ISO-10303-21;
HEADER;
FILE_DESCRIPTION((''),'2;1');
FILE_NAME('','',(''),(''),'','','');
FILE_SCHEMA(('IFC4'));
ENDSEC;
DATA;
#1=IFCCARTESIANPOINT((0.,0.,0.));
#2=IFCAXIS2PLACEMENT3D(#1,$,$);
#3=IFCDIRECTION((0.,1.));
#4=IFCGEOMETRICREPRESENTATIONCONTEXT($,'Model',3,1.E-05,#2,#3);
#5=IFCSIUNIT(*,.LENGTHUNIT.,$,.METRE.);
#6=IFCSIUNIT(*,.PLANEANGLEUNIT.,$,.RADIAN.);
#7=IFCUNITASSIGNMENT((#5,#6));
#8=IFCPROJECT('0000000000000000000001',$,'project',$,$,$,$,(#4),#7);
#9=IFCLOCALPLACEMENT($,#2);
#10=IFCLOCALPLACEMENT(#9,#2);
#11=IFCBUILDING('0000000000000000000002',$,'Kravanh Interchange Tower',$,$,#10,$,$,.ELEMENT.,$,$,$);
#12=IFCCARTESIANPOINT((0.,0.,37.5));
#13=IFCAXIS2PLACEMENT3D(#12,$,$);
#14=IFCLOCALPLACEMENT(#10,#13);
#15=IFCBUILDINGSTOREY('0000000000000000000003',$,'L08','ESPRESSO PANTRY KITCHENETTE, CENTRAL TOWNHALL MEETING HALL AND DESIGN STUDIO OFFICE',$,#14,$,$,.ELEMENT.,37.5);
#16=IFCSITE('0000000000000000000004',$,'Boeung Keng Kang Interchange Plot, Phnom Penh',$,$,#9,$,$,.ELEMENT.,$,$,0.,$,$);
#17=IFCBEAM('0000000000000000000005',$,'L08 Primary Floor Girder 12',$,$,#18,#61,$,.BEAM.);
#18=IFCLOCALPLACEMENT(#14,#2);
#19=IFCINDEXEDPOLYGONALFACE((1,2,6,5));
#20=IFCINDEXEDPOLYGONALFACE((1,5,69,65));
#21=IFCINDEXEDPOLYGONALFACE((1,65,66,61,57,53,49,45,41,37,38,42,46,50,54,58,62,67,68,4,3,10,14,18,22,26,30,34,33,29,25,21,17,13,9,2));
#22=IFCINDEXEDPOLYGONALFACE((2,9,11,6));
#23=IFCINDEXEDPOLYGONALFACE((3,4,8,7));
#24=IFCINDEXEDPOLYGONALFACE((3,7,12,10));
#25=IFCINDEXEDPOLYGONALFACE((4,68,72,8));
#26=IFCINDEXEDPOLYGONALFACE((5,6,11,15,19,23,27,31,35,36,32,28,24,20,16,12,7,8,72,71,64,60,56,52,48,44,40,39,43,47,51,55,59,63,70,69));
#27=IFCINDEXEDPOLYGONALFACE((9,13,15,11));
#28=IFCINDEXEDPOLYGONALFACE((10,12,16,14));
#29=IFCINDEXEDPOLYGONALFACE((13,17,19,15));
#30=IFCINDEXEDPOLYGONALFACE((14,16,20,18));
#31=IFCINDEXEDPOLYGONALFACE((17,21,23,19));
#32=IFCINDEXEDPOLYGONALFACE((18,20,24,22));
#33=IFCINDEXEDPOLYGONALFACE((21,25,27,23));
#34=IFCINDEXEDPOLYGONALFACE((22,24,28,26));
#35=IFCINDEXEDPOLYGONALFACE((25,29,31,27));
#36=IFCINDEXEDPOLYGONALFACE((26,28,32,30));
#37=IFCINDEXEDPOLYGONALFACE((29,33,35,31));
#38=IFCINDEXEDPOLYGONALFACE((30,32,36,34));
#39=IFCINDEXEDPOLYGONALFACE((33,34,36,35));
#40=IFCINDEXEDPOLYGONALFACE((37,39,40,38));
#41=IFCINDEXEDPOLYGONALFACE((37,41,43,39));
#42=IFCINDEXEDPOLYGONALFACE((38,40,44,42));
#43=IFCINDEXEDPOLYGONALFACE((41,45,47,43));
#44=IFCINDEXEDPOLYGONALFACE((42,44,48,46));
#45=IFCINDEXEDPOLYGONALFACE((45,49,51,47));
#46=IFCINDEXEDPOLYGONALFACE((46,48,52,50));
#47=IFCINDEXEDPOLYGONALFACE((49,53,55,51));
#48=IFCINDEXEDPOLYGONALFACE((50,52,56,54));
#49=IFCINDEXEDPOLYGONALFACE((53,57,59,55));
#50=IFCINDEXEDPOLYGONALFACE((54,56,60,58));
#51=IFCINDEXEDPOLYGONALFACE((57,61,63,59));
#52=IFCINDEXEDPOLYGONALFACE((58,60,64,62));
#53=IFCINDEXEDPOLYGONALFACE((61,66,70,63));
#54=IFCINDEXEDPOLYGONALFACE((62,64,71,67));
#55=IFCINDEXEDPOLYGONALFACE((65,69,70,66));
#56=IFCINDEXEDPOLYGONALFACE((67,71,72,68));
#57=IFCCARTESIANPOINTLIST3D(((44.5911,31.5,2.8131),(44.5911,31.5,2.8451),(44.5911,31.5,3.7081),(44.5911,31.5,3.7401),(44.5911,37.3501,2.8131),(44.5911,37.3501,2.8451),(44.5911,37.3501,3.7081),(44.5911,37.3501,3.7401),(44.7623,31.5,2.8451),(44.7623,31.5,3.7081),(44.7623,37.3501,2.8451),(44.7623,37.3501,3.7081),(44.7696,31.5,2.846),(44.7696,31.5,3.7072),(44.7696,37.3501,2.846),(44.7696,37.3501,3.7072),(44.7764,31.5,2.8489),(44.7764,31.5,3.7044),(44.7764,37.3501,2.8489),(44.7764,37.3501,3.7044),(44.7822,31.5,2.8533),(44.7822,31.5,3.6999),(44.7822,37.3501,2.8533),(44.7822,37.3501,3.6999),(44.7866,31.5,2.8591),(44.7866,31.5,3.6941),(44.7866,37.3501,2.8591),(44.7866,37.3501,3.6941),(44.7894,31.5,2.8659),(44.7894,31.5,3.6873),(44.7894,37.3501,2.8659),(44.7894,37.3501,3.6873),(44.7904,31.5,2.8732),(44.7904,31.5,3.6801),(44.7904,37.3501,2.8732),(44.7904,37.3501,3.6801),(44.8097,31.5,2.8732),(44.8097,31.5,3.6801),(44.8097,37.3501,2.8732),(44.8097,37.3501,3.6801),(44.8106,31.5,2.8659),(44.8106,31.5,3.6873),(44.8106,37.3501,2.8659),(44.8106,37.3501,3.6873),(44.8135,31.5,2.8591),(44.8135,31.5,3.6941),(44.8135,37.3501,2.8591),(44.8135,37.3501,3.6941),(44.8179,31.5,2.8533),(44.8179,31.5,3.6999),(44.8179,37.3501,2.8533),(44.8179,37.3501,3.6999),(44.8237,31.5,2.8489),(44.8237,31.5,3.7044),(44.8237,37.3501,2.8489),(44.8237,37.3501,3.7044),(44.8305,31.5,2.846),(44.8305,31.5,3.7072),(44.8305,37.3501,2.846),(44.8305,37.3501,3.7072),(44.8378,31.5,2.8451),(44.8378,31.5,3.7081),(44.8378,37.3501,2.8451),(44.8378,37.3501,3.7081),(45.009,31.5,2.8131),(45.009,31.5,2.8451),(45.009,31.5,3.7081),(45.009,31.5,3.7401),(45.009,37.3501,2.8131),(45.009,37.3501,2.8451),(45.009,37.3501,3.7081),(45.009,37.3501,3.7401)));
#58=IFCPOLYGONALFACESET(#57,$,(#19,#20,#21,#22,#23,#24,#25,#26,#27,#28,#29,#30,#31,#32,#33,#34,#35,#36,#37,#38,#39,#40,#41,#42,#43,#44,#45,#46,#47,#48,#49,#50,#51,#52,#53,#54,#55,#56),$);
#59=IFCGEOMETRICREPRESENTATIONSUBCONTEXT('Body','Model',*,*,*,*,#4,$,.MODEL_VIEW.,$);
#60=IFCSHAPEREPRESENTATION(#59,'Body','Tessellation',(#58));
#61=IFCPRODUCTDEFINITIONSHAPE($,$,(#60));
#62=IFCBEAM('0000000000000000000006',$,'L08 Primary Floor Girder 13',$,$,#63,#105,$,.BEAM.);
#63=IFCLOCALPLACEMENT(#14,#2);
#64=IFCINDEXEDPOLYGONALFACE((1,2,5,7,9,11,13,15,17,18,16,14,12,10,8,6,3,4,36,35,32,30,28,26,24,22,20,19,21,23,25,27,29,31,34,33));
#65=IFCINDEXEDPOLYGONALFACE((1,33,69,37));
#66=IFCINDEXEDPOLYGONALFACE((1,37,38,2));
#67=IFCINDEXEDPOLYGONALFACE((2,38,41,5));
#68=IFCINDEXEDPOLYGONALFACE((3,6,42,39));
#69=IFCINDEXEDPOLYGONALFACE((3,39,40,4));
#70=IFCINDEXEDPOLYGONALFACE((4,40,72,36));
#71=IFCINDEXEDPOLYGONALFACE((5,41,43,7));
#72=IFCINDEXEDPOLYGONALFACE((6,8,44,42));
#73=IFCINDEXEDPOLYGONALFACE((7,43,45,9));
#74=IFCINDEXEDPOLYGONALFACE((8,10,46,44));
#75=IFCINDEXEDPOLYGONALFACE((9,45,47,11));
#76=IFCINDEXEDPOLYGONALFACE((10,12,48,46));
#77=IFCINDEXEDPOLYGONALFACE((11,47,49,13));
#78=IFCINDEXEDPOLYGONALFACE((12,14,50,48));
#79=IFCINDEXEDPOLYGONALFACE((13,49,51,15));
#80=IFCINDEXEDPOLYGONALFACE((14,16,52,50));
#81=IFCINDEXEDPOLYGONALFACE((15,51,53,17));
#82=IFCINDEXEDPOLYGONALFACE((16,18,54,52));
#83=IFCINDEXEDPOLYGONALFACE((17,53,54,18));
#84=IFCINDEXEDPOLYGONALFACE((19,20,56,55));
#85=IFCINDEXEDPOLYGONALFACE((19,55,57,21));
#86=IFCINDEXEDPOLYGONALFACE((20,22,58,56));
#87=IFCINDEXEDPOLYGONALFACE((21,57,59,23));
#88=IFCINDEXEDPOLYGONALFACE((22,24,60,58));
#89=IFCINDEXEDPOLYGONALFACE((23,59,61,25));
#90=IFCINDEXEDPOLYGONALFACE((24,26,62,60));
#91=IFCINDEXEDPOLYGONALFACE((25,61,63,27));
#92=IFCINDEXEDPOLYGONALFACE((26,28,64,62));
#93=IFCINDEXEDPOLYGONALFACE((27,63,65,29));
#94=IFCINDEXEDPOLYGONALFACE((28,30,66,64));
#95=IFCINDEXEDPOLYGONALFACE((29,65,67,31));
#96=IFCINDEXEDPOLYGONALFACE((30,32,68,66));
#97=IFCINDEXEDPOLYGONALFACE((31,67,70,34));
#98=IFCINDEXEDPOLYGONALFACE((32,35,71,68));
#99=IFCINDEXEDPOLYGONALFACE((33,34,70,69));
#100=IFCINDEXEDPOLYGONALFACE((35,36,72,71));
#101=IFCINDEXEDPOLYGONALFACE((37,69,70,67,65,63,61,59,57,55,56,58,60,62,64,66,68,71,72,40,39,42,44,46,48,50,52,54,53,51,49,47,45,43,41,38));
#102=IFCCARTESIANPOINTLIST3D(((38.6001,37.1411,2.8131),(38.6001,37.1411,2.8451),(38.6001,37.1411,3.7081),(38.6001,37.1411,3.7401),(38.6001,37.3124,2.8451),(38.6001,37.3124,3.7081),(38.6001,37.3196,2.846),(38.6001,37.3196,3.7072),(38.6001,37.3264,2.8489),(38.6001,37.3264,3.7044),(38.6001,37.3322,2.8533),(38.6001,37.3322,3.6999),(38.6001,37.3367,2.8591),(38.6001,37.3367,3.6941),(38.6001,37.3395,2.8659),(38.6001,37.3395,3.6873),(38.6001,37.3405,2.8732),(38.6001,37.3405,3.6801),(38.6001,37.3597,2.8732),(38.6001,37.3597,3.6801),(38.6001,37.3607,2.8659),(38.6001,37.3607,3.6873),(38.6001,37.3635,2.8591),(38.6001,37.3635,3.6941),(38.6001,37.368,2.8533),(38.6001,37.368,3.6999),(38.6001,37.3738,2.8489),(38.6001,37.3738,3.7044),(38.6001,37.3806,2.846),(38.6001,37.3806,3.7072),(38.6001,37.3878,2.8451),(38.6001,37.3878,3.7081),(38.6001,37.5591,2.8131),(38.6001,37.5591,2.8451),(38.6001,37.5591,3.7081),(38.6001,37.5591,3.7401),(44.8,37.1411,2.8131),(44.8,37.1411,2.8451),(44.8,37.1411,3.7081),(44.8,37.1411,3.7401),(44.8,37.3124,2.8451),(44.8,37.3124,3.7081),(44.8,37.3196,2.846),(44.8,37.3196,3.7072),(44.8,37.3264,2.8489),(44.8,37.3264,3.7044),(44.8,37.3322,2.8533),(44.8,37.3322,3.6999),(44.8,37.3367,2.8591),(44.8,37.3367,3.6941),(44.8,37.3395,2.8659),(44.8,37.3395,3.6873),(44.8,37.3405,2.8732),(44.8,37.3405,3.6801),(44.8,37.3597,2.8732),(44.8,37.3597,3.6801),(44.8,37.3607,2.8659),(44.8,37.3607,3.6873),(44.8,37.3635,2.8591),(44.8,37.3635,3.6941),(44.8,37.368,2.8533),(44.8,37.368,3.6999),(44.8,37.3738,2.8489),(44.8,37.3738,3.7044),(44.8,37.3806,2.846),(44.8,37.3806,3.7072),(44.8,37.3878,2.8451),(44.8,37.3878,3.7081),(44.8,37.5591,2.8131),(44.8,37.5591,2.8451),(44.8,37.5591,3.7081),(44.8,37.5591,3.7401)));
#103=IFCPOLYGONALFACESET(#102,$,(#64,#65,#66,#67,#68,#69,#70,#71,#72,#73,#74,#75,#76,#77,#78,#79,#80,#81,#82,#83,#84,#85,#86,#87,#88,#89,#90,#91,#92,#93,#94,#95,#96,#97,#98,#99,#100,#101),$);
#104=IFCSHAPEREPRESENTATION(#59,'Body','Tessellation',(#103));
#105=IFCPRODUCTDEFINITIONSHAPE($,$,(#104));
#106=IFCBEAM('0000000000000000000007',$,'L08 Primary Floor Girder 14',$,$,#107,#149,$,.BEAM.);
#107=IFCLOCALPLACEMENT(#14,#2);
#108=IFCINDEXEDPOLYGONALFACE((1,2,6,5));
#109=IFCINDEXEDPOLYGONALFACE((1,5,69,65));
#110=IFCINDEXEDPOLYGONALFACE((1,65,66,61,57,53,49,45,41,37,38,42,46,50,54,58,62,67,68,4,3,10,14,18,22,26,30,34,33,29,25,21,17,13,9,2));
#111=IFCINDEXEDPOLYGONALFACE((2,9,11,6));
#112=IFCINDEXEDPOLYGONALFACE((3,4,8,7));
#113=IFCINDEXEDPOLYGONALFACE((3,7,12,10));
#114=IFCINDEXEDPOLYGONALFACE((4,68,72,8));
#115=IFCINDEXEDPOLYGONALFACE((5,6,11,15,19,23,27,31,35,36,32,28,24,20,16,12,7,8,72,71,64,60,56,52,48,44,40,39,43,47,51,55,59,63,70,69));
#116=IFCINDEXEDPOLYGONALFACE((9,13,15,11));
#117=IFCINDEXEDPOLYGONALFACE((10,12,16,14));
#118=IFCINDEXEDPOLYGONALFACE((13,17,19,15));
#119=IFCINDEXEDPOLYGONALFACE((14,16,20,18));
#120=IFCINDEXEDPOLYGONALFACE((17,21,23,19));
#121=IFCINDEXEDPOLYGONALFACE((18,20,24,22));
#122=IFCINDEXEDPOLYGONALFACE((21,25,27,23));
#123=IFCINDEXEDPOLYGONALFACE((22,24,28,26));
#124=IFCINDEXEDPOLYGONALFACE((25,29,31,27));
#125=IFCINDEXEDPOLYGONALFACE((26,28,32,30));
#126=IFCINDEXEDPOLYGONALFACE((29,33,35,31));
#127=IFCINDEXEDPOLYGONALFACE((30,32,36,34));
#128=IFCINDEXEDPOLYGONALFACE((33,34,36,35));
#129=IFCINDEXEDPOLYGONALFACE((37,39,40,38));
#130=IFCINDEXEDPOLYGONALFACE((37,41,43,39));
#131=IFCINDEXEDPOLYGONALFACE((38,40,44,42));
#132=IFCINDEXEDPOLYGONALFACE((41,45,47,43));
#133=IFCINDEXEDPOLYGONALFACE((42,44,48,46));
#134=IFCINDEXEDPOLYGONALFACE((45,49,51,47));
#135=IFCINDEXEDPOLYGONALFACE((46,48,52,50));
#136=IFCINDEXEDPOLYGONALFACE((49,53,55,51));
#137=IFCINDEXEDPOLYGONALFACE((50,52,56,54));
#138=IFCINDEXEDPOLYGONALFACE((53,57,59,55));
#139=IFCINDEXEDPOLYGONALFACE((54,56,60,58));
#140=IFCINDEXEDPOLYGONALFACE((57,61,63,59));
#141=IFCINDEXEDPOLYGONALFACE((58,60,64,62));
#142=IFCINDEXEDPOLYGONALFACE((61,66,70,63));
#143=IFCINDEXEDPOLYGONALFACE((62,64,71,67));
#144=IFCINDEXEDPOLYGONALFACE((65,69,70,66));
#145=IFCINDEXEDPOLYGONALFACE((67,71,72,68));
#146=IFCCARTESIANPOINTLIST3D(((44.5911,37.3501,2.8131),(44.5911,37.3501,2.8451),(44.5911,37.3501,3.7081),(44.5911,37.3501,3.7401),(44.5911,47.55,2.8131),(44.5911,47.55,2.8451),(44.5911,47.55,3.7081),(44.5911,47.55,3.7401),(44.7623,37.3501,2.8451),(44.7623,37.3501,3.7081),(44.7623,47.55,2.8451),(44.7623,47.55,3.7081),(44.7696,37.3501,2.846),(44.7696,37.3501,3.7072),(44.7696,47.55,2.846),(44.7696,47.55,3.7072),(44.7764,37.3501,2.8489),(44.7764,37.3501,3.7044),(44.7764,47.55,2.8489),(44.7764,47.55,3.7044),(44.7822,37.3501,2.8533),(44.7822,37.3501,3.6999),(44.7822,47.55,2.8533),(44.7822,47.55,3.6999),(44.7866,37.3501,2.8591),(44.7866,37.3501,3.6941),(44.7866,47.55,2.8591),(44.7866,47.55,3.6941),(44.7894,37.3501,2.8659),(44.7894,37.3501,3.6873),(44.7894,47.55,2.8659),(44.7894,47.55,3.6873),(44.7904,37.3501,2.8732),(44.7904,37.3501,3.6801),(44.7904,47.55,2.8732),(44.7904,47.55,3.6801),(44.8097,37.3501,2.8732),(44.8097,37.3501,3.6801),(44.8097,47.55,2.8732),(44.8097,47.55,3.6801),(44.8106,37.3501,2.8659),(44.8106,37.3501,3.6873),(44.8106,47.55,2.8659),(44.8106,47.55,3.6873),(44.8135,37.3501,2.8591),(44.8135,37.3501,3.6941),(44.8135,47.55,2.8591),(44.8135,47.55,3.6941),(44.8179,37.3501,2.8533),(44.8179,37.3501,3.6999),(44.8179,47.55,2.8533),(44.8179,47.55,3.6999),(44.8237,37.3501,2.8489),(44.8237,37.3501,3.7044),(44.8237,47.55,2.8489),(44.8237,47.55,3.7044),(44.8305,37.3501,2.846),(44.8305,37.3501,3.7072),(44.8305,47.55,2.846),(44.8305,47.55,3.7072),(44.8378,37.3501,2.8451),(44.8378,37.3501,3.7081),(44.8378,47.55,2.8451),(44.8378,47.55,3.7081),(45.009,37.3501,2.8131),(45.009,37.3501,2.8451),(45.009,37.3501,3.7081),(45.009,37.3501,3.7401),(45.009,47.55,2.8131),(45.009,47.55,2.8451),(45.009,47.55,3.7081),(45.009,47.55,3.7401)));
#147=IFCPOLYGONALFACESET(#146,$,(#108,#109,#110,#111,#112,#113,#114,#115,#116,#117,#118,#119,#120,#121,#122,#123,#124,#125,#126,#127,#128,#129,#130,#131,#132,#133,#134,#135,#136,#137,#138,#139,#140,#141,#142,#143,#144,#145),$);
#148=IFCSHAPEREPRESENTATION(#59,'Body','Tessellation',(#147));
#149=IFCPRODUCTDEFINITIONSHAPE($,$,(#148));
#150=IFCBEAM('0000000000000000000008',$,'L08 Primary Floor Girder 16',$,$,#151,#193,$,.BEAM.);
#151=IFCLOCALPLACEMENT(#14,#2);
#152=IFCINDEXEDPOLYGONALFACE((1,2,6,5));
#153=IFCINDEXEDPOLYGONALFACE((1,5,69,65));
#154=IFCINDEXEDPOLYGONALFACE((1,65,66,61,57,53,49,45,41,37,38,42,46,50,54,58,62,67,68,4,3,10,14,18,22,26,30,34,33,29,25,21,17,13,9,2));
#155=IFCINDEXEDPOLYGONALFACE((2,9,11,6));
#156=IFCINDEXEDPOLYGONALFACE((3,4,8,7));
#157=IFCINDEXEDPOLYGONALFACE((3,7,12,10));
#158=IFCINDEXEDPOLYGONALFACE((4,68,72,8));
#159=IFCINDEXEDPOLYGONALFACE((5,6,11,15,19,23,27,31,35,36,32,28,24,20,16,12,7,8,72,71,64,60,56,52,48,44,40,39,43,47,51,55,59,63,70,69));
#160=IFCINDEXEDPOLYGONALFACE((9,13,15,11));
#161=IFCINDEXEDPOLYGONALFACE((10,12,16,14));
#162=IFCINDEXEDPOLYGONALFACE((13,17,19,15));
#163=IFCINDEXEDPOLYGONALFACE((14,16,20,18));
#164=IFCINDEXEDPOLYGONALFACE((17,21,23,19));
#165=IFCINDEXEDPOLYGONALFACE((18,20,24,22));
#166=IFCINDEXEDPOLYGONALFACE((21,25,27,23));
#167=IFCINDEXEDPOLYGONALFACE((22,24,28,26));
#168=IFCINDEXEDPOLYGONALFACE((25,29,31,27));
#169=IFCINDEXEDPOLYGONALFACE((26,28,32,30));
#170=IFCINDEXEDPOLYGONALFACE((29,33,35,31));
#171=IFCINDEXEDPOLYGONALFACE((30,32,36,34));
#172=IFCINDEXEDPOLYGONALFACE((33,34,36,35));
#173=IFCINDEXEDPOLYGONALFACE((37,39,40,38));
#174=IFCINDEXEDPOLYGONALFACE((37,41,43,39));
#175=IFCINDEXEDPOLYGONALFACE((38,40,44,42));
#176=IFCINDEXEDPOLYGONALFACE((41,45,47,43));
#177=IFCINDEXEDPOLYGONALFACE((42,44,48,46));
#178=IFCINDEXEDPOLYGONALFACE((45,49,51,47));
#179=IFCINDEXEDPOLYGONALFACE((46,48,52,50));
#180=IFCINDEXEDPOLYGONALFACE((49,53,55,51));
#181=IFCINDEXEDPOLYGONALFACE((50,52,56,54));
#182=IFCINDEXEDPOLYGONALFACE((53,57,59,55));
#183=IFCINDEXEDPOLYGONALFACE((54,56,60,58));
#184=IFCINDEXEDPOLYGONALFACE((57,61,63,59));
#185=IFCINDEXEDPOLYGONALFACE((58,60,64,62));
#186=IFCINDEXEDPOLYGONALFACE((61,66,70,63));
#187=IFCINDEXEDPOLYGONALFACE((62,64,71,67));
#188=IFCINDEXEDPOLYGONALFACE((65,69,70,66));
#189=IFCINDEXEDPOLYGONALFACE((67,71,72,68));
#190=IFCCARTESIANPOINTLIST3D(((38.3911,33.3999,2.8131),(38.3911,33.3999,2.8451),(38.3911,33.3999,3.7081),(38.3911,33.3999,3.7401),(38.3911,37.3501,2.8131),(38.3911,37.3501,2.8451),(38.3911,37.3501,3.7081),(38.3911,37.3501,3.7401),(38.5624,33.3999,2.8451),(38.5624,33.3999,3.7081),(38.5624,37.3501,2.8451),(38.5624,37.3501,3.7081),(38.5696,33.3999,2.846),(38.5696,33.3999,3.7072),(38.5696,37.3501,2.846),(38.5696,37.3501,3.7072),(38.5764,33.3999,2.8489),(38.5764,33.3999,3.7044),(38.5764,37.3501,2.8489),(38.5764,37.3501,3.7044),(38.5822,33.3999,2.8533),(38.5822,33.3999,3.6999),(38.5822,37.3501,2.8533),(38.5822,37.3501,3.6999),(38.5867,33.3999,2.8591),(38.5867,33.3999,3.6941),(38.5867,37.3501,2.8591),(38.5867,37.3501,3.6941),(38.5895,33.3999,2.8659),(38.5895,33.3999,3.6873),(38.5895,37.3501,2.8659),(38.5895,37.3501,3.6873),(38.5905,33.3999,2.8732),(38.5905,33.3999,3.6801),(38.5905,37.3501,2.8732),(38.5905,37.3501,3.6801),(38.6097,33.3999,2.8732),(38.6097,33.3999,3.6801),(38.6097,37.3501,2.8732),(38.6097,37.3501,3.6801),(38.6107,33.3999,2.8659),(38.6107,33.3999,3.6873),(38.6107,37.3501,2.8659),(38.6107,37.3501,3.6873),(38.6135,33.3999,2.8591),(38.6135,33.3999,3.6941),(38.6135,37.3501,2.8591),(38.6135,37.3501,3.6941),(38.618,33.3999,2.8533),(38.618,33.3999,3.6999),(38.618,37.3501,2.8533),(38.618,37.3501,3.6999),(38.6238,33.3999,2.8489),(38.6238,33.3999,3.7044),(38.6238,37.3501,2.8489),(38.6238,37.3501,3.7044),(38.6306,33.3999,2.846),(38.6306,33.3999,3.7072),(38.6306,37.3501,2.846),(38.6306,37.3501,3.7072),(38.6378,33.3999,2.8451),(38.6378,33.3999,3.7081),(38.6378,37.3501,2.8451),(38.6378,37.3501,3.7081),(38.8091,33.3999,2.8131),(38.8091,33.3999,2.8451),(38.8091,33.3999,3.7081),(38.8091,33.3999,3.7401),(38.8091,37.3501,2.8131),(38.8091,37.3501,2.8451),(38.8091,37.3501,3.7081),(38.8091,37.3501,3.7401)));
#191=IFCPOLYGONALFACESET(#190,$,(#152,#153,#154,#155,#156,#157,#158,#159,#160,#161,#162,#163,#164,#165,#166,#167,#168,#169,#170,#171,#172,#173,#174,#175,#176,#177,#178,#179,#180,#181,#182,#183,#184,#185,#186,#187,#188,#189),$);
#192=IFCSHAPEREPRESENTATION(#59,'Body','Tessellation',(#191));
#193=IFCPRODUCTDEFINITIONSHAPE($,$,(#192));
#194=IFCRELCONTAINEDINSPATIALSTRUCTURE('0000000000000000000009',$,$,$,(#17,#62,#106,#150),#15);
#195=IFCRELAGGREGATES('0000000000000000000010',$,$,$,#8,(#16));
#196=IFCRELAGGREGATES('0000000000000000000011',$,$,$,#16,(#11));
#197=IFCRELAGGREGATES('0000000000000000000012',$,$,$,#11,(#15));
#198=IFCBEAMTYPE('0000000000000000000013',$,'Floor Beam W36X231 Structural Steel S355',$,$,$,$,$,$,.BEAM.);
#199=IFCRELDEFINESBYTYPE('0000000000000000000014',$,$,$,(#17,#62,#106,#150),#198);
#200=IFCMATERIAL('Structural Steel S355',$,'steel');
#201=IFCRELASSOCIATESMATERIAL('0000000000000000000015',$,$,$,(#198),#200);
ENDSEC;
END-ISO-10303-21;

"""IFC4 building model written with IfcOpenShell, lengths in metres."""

from ifc_helpers import new_model, si_unit, direction, frame, origin, origin_2d, place, context, subcontext, project, spatial, i_section, extrude, material, material_profile, profile_set, type_object, element, save


model = new_model("IFC4")

# Units and contexts
model_context = context("Model", 3, precision=1e-05, world=origin(), true_north=direction((0.0, 1.0)))
body_context = subcontext(model_context, "Body", "Model", "MODEL_VIEW")
ifc_project = project(units=[si_unit("LENGTHUNIT", "METRE"), si_unit("PLANEANGLEUNIT", "RADIAN")], contexts=[model_context])

# Site, building, storey
site_placement = place(None, origin())
site = spatial("IfcSite", under=ifc_project, at=site_placement, Name="Boeung Keng Kang Interchange Plot, Phnom Penh", CompositionType="ELEMENT", RefElevation=0.0)
building_placement = place(site_placement, origin())
building = spatial("IfcBuilding", under=site, at=building_placement, Name="Kravanh Interchange Tower", CompositionType="ELEMENT")
storey_placement = place(building_placement, frame((0.0, 0.0, 37.5)))
storey = spatial("IfcBuildingStorey", under=building, at=storey_placement, Name="L08", Description="ESPRESSO PANTRY KITCHENETTE, CENTRAL TOWNHALL MEETING HALL AND DESIGN STUDIO OFFICE", CompositionType="ELEMENT", Elevation=37.5)

# Beams
ifc_material_1 = material(Name="Structural Steel S355", Category="steel")
ifc_material_profile_1 = material_profile(ifc_material_1, i_section(OverallWidth=0.418, OverallDepth=0.927, WebThickness=0.0193, FlangeThickness=0.032, FilletRadius=0.0281, at=origin_2d()), Name="W36X231")
ifc_profile_set_1 = profile_set([ifc_material_profile_1], Name="Structural Steel S355")
beam_type_1 = type_object("IfcBeamType", Name="Floor Beam W36X231 Structural Steel S355", PredefinedType="BEAM", material=ifc_profile_set_1)
beam_1_placement = place(storey_placement, frame((44.8, 37.3501, 3.2766), z_axis=(0.0, -1.0, 0.0), x_axis=(1.0, 0.0, 0.0)))
element("IfcBeam", 1, at=beam_1_placement, inside=storey, type_object=beam_type_1, Name="L08 Primary Floor Girder 12", PredefinedType="BEAM", context=body_context, shape_type="SweptSolid", body=[
    extrude(i_section(OverallWidth=0.418, OverallDepth=0.927, WebThickness=0.0193, FlangeThickness=0.032, FilletRadius=0.0281, at=origin_2d()), origin(), (0.0, 0.0, 1.0), 5.8501),
])
beam_2_placement = place(storey_placement, frame((44.8, 37.3501, 3.2766), z_axis=(-1.0, 0.0, 0.0), x_axis=(0.0, -1.0, 0.0)))
element("IfcBeam", 2, at=beam_2_placement, inside=storey, type_object=beam_type_1, Name="L08 Primary Floor Girder 13", PredefinedType="BEAM", context=body_context, shape_type="SweptSolid", body=[
    extrude(i_section(OverallWidth=0.418, OverallDepth=0.927, WebThickness=0.0193, FlangeThickness=0.032, FilletRadius=0.0281, at=origin_2d()), origin(), (0.0, 0.0, 1.0), 6.2),
])
beam_3_placement = place(storey_placement, frame((44.8, 37.3501, 3.2766), z_axis=(0.0, 1.0, 0.0), x_axis=(-1.0, 0.0, 0.0)))
element("IfcBeam", 3, at=beam_3_placement, inside=storey, type_object=beam_type_1, Name="L08 Primary Floor Girder 14", PredefinedType="BEAM", context=body_context, shape_type="SweptSolid", body=[
    extrude(i_section(OverallWidth=0.418, OverallDepth=0.927, WebThickness=0.0193, FlangeThickness=0.032, FilletRadius=0.0281, at=origin_2d()), origin(), (0.0, 0.0, 1.0), 10.2),
])
beam_4_placement = place(storey_placement, frame((38.6001, 37.3501, 3.2766), z_axis=(0.0, -1.0, 0.0), x_axis=(1.0, 0.0, 0.0)))
element("IfcBeam", 4, at=beam_4_placement, inside=storey, type_object=beam_type_1, Name="L08 Primary Floor Girder 16", PredefinedType="BEAM", context=body_context, shape_type="SweptSolid", body=[
    extrude(i_section(OverallWidth=0.418, OverallDepth=0.927, WebThickness=0.0193, FlangeThickness=0.032, FilletRadius=0.0281, at=origin_2d()), origin(), (0.0, 0.0, 1.0), 3.9502),
])

save(model, "model.ifc")
